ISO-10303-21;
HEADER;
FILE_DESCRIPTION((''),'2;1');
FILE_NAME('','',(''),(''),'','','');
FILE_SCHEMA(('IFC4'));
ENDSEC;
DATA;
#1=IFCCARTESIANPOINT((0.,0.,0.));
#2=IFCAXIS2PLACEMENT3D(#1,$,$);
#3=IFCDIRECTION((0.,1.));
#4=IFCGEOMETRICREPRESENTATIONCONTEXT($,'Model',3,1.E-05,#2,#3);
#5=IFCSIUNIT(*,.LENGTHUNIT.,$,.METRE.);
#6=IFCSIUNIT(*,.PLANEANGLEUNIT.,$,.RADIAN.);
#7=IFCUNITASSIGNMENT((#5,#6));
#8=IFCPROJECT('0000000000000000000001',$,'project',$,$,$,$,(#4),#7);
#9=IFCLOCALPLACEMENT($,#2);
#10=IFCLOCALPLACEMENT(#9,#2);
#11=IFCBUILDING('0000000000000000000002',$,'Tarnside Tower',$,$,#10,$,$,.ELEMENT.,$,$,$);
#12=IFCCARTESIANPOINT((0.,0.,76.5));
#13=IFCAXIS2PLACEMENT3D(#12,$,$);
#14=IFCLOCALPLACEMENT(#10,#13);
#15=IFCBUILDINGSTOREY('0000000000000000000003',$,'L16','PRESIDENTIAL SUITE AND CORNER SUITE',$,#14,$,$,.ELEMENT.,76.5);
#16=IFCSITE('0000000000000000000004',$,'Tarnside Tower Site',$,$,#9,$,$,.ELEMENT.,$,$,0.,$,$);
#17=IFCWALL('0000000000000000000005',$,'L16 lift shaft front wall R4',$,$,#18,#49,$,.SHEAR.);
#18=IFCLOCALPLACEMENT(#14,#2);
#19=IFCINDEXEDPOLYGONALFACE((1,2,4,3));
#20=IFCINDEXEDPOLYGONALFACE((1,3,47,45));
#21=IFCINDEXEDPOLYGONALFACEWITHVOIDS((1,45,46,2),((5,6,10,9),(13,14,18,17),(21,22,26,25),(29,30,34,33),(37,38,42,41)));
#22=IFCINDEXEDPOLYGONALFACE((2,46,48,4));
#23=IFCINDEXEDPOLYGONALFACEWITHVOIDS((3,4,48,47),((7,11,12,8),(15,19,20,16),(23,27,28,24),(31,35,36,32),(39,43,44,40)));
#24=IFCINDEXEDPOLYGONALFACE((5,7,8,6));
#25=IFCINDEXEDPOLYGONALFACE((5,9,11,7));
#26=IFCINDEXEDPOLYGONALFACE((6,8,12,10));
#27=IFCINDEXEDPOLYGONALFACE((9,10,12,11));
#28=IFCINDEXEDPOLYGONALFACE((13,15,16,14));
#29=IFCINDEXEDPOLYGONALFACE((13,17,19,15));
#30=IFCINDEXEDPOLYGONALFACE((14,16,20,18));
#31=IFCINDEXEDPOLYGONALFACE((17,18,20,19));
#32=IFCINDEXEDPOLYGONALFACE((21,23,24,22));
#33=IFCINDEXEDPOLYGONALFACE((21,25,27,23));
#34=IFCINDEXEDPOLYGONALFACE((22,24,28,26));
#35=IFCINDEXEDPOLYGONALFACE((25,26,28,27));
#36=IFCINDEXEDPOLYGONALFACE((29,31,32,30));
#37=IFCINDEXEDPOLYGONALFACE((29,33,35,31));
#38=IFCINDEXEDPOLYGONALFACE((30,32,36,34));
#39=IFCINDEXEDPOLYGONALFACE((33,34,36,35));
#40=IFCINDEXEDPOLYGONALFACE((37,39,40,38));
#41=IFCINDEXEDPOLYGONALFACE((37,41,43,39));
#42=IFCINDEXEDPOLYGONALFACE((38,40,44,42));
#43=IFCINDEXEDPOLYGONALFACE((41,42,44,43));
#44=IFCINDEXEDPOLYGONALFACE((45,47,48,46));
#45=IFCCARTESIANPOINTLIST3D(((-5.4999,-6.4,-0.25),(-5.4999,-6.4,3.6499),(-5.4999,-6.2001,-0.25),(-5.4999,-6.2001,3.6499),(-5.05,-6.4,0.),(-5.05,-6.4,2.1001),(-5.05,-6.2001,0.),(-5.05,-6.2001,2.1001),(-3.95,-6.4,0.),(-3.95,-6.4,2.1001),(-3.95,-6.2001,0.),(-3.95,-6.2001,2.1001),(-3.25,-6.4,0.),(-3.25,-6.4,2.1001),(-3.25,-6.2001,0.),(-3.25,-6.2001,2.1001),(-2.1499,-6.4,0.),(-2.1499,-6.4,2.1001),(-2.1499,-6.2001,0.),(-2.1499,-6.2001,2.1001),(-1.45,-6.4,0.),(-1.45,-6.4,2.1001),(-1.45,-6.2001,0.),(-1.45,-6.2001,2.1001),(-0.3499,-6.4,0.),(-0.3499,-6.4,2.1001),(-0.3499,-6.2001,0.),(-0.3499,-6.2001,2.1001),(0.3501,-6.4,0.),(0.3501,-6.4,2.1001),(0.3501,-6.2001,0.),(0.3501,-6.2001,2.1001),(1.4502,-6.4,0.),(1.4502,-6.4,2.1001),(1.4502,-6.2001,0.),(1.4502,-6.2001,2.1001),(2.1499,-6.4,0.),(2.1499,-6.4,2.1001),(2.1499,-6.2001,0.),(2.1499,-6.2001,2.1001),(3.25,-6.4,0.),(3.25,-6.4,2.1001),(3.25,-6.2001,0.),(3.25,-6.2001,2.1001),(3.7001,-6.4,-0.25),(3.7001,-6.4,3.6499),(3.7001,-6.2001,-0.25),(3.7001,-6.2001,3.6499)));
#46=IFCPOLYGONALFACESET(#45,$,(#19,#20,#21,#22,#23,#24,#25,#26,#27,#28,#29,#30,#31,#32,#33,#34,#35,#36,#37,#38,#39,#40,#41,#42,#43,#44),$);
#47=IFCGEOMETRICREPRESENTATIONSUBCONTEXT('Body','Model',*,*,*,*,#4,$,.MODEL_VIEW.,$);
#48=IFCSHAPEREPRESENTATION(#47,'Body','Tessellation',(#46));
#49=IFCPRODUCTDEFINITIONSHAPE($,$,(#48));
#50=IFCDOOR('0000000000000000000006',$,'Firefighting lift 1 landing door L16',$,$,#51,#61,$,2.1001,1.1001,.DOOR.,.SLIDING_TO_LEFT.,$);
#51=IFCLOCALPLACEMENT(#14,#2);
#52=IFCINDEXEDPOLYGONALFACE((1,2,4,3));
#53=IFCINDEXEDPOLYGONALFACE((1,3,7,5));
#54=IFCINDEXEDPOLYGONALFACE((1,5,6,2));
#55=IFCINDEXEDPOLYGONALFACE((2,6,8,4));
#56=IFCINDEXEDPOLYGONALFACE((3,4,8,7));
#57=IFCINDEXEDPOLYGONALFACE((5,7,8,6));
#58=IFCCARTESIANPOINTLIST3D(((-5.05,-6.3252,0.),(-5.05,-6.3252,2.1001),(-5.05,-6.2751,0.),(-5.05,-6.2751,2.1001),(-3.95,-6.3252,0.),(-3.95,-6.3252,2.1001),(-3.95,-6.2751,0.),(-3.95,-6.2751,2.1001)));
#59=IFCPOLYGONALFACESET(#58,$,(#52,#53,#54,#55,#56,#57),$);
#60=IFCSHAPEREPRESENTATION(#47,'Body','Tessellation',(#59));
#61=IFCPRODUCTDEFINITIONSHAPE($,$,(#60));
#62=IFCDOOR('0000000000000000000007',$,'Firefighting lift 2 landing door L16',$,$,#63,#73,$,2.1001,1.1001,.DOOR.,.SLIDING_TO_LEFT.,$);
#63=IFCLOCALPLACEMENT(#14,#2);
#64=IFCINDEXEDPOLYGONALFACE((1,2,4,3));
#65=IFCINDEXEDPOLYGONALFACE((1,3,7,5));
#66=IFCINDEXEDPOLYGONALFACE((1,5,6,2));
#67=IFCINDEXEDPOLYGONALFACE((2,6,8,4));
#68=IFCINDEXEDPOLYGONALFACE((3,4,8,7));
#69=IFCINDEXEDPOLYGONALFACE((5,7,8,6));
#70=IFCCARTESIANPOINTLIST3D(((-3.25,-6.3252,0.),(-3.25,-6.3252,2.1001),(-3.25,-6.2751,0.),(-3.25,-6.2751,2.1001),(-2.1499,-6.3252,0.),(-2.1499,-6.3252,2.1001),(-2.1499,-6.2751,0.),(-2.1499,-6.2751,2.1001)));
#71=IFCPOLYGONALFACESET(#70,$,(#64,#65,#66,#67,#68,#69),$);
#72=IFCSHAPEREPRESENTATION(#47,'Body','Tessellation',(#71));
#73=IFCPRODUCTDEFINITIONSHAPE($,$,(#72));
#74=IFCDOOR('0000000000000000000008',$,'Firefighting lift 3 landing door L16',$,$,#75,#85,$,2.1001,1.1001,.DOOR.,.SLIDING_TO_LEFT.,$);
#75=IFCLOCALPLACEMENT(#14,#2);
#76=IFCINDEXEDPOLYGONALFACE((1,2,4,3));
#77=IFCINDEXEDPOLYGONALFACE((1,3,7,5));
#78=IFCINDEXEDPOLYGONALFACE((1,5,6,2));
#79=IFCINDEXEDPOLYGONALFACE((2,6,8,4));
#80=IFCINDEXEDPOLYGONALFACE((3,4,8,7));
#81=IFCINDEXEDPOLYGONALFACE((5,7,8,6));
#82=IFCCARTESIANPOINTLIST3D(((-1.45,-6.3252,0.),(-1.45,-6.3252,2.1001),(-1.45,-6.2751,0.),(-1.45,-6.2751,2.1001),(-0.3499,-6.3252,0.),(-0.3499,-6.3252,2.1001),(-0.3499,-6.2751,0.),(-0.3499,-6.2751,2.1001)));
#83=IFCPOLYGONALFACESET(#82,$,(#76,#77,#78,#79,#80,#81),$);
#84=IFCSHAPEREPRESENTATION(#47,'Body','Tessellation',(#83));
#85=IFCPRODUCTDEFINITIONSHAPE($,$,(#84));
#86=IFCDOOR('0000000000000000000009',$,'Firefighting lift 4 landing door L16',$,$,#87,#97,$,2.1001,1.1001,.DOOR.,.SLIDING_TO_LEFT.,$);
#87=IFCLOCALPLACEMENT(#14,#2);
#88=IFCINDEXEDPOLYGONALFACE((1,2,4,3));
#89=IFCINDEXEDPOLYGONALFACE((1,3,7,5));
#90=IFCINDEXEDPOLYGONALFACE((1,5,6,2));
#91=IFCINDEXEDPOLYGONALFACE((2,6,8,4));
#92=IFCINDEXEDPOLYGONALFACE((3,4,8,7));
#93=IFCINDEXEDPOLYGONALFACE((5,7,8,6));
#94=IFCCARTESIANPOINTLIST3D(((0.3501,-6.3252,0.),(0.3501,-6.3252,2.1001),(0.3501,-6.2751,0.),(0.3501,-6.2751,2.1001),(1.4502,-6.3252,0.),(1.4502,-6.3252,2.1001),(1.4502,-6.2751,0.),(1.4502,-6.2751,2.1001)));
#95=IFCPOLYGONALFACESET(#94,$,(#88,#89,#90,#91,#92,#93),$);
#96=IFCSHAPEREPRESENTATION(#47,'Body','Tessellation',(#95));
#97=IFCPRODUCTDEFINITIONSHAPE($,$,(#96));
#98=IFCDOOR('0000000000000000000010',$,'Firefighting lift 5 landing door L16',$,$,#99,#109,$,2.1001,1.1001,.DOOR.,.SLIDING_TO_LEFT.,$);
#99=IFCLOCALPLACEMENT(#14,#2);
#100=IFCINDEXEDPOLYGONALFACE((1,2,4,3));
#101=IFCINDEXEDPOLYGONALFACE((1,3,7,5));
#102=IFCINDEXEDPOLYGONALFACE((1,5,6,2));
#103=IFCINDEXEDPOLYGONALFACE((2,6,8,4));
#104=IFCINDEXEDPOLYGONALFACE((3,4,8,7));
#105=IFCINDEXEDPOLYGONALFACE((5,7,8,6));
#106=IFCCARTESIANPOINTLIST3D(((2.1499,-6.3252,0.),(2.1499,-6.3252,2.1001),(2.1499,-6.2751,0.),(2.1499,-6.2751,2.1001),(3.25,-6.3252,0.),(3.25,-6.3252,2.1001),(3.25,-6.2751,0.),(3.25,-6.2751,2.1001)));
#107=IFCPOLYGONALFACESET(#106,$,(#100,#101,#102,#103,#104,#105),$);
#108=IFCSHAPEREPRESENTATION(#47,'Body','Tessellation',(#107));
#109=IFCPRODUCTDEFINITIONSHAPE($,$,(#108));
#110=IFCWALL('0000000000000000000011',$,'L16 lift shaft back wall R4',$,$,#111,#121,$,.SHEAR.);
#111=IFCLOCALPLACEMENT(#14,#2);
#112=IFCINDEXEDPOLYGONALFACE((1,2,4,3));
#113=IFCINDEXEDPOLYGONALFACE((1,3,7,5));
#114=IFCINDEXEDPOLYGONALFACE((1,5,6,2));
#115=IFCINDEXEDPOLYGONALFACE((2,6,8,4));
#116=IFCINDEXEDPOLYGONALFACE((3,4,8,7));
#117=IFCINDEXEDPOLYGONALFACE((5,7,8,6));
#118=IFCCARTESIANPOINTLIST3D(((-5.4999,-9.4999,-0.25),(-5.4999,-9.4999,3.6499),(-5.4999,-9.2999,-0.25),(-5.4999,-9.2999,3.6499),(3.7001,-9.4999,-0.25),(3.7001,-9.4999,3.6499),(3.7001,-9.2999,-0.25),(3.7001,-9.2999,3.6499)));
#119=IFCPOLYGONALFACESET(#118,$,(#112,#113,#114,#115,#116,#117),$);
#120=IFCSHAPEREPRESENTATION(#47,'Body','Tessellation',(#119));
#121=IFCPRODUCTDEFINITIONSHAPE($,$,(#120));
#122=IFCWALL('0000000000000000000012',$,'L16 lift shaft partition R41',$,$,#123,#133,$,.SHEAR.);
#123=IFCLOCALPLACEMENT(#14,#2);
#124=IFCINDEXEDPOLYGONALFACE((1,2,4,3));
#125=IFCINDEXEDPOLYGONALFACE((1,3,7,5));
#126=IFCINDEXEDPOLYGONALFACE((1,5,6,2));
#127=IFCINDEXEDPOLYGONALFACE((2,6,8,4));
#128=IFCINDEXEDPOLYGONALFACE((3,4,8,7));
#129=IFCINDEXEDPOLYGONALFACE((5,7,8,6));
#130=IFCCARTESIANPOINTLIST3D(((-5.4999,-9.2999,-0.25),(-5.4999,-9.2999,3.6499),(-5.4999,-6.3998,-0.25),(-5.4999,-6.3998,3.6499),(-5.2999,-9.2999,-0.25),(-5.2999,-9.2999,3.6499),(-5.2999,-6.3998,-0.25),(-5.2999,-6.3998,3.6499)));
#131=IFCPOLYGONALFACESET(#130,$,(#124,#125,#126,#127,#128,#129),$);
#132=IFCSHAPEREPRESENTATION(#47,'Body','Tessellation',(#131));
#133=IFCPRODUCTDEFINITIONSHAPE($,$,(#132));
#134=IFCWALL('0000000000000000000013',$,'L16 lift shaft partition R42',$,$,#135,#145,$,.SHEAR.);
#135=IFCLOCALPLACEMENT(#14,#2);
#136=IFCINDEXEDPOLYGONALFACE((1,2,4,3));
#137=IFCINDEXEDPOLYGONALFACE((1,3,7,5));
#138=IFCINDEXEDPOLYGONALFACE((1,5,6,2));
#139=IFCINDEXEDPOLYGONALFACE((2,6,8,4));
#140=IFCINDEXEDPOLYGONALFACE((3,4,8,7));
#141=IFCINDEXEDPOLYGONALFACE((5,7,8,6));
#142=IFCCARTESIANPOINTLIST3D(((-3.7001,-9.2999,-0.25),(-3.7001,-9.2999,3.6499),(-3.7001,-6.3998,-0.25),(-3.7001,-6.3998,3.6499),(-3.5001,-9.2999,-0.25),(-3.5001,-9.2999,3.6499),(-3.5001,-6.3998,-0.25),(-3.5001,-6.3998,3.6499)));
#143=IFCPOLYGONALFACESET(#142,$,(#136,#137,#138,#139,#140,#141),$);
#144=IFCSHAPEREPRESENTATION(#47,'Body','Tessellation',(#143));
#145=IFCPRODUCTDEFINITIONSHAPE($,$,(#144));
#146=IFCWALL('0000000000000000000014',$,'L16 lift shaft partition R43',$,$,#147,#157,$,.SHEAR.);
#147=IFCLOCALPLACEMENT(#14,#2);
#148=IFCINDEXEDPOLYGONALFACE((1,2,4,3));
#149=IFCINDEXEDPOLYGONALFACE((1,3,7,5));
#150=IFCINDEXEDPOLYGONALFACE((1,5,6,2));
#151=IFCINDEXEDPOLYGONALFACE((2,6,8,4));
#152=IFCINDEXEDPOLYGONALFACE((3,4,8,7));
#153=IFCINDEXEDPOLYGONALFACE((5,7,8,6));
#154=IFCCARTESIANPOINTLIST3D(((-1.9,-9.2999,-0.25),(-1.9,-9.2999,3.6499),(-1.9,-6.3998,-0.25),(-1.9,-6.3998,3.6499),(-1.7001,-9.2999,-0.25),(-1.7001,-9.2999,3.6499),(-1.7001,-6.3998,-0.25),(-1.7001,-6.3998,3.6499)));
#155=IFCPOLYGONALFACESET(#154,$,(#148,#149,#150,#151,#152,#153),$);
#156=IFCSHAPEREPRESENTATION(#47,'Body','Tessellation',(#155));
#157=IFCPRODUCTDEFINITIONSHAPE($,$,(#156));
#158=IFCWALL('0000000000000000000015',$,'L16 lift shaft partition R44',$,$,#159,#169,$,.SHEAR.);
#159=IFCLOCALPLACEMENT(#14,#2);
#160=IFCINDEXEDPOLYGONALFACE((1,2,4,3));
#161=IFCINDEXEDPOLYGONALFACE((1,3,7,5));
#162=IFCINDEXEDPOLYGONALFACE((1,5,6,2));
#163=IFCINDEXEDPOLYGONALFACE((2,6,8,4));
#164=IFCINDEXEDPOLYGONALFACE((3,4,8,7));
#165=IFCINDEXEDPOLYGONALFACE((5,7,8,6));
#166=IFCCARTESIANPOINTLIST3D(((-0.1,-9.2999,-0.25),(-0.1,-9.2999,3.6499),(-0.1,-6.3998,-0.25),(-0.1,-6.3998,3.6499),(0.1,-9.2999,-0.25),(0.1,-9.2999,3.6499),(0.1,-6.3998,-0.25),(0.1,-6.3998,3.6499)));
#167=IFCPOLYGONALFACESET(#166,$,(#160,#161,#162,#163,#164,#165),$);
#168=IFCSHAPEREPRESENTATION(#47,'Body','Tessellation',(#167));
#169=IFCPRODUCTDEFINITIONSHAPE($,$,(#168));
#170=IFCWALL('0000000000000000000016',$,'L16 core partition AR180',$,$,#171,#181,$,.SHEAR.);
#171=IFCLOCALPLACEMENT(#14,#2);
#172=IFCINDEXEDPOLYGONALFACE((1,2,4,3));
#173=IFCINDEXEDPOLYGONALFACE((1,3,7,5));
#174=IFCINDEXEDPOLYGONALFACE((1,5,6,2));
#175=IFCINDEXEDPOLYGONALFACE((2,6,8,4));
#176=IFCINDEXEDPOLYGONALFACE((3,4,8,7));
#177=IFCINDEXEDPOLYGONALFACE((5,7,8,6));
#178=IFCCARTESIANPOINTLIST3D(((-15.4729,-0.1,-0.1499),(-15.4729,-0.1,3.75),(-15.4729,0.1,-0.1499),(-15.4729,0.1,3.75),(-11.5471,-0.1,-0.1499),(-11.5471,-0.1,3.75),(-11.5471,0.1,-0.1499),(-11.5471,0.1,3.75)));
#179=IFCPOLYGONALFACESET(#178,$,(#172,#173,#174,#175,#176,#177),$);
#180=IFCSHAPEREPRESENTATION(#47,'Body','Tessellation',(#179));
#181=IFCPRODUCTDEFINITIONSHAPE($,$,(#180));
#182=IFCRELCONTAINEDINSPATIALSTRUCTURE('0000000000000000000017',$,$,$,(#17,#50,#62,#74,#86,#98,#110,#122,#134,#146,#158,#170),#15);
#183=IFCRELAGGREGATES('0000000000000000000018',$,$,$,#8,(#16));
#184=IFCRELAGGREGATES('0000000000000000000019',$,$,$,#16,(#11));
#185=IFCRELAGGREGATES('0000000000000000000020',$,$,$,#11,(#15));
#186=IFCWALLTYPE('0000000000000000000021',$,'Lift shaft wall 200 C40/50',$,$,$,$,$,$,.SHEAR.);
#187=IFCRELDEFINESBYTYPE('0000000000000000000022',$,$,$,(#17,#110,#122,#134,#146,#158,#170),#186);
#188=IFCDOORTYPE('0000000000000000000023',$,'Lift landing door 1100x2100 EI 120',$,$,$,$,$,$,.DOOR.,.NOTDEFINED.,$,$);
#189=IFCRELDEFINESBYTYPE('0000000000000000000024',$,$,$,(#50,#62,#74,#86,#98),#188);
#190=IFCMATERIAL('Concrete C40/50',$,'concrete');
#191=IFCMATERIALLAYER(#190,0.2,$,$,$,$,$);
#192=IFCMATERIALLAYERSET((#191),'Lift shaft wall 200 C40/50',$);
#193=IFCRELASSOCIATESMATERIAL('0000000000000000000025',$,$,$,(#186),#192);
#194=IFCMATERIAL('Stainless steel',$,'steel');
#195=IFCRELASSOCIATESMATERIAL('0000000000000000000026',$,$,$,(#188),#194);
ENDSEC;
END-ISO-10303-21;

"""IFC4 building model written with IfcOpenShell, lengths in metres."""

from ifc_helpers import new_model, si_unit, direction, frame, frame_2d, origin, place, context, subcontext, project, spatial, rectangle, extrude, material, layer, layer_set, type_object, element, fill, save


model = new_model("IFC4")

# Units and contexts
model_context = context("Model", 3, precision=1e-05, world=origin(), true_north=direction((0.0, 1.0)))
body_context = subcontext(model_context, "Body", "Model", "MODEL_VIEW")
ifc_project = project(units=[si_unit("LENGTHUNIT", "METRE"), si_unit("PLANEANGLEUNIT", "RADIAN")], contexts=[model_context])

# Site, building, storey
site_placement = place(None, origin())
site = spatial("IfcSite", under=ifc_project, at=site_placement, Name="Tarnside Tower Site", CompositionType="ELEMENT", RefElevation=0.0)
building_placement = place(site_placement, origin())
building = spatial("IfcBuilding", under=site, at=building_placement, Name="Tarnside Tower", CompositionType="ELEMENT")
storey_placement = place(building_placement, frame((0.0, 0.0, 76.5)))
storey = spatial("IfcBuildingStorey", under=building, at=storey_placement, Name="L16", Description="PRESIDENTIAL SUITE AND CORNER SUITE", CompositionType="ELEMENT", Elevation=76.5)

# Shared definitions
ifc_material_1 = material(Name="Concrete C40/50", Category="concrete")
ifc_layer_1 = layer(ifc_material_1, 0.2)
ifc_layer_set_1 = layer_set([ifc_layer_1], Name="Lift shaft wall 200 C40/50")
wall_type_1 = type_object("IfcWallType", Name="Lift shaft wall 200 C40/50", PredefinedType="SHEAR", material=ifc_layer_set_1)

# Wall, openings, doors
wall_1_placement = place(storey_placement, frame((-5.5, -6.3, -0.25), z_axis=(0.0, 0.0, 1.0), x_axis=(1.0, 0.0, 0.0)))
wall_1 = element("IfcWall", 1, at=wall_1_placement, inside=storey, type_object=wall_type_1, Name="L16 lift shaft front wall R4", PredefinedType="SHEAR", context=body_context, shape_type="SweptSolid", body=[
    extrude(rectangle(XDim=9.2, YDim=0.2, at=frame_2d((4.6001, 0.0))), origin(), (0.0, 0.0, 1.0), 3.8999),
])
opening_1_placement = place(wall_1_placement, frame((0.45, 0.0, 0.25)))
opening_1 = element("IfcOpeningElement", 2, at=opening_1_placement, cuts=wall_1, PredefinedType="OPENING", context=body_context, shape_type="SweptSolid", body=[
    extrude(rectangle(XDim=1.1001, YDim=2.1001, at=frame_2d((0.55, 1.05))), frame((0.0, 0.1099, 0.0), z_axis=(0.0, -1.0, 0.0), x_axis=(1.0, 0.0, 0.0)), (0.0, 0.0, 1.0), 0.22),
])
opening_2_placement = place(wall_1_placement, frame((2.25, 0.0, 0.25)))
opening_2 = element("IfcOpeningElement", 3, at=opening_2_placement, cuts=wall_1, PredefinedType="OPENING", context=body_context, shape_type="SweptSolid", body=[
    extrude(rectangle(XDim=1.1001, YDim=2.1001, at=frame_2d((0.55, 1.05))), frame((0.0, 0.1099, 0.0), z_axis=(0.0, -1.0, 0.0), x_axis=(1.0, 0.0, 0.0)), (0.0, 0.0, 1.0), 0.22),
])
opening_3_placement = place(wall_1_placement, frame((4.05, 0.0, 0.25)))
opening_3 = element("IfcOpeningElement", 4, at=opening_3_placement, cuts=wall_1, PredefinedType="OPENING", context=body_context, shape_type="SweptSolid", body=[
    extrude(rectangle(XDim=1.1001, YDim=2.1001, at=frame_2d((0.55, 1.05))), frame((0.0, 0.1099, 0.0), z_axis=(0.0, -1.0, 0.0), x_axis=(1.0, 0.0, 0.0)), (0.0, 0.0, 1.0), 0.22),
])
opening_4_placement = place(wall_1_placement, frame((5.8501, 0.0, 0.25)))
opening_4 = element("IfcOpeningElement", 5, at=opening_4_placement, cuts=wall_1, PredefinedType="OPENING", context=body_context, shape_type="SweptSolid", body=[
    extrude(rectangle(XDim=1.1001, YDim=2.1001, at=frame_2d((0.55, 1.05))), frame((0.0, 0.1099, 0.0), z_axis=(0.0, -1.0, 0.0), x_axis=(1.0, 0.0, 0.0)), (0.0, 0.0, 1.0), 0.22),
])
opening_5_placement = place(wall_1_placement, frame((7.6499, 0.0, 0.25)))
opening_5 = element("IfcOpeningElement", 6, at=opening_5_placement, cuts=wall_1, PredefinedType="OPENING", context=body_context, shape_type="SweptSolid", body=[
    extrude(rectangle(XDim=1.1001, YDim=2.1001, at=frame_2d((0.55, 1.05))), frame((0.0, 0.1099, 0.0), z_axis=(0.0, -1.0, 0.0), x_axis=(1.0, 0.0, 0.0)), (0.0, 0.0, 1.0), 0.22),
])
ifc_material_2 = material(Name="Stainless steel", Category="steel")
door_type_1 = type_object("IfcDoorType", Name="Lift landing door 1100x2100 EI 120", OperationType="NOTDEFINED", PredefinedType="DOOR", material=ifc_material_2)
door_1_placement = place(opening_1_placement, origin())
door_1 = element("IfcDoor", 7, at=door_1_placement, inside=storey, type_object=door_type_1, Name="Firefighting lift 1 landing door L16", OperationType="SLIDING_TO_LEFT", OverallHeight=2.1001, OverallWidth=1.1001, PredefinedType="DOOR", context=body_context, shape_type="SweptSolid", body=[
    extrude(rectangle(XDim=1.1001, YDim=2.1001, at=frame_2d((0.55, 1.05))), frame((0.0, 0.0249, 0.0), z_axis=(0.0, -1.0, 0.0), x_axis=(1.0, 0.0, 0.0)), (0.0, 0.0, 1.0), 0.05),
])
fill(opening_1, door_1)
door_2_placement = place(opening_2_placement, origin())
door_2 = element("IfcDoor", 8, at=door_2_placement, inside=storey, type_object=door_type_1, Name="Firefighting lift 2 landing door L16", OperationType="SLIDING_TO_LEFT", OverallHeight=2.1001, OverallWidth=1.1001, PredefinedType="DOOR", context=body_context, shape_type="SweptSolid", body=[
    extrude(rectangle(XDim=1.1001, YDim=2.1001, at=frame_2d((0.55, 1.05))), frame((0.0, 0.0249, 0.0), z_axis=(0.0, -1.0, 0.0), x_axis=(1.0, 0.0, 0.0)), (0.0, 0.0, 1.0), 0.05),
])
fill(opening_2, door_2)
door_3_placement = place(opening_3_placement, origin())
door_3 = element("IfcDoor", 9, at=door_3_placement, inside=storey, type_object=door_type_1, Name="Firefighting lift 3 landing door L16", OperationType="SLIDING_TO_LEFT", OverallHeight=2.1001, OverallWidth=1.1001, PredefinedType="DOOR", context=body_context, shape_type="SweptSolid", body=[
    extrude(rectangle(XDim=1.1001, YDim=2.1001, at=frame_2d((0.55, 1.05))), frame((0.0, 0.0249, 0.0), z_axis=(0.0, -1.0, 0.0), x_axis=(1.0, 0.0, 0.0)), (0.0, 0.0, 1.0), 0.05),
])
fill(opening_3, door_3)
door_4_placement = place(opening_4_placement, origin())
door_4 = element("IfcDoor", 10, at=door_4_placement, inside=storey, type_object=door_type_1, Name="Firefighting lift 4 landing door L16", OperationType="SLIDING_TO_LEFT", OverallHeight=2.1001, OverallWidth=1.1001, PredefinedType="DOOR", context=body_context, shape_type="SweptSolid", body=[
    extrude(rectangle(XDim=1.1001, YDim=2.1001, at=frame_2d((0.55, 1.05))), frame((0.0, 0.0249, 0.0), z_axis=(0.0, -1.0, 0.0), x_axis=(1.0, 0.0, 0.0)), (0.0, 0.0, 1.0), 0.05),
])
fill(opening_4, door_4)
door_5_placement = place(opening_5_placement, origin())
door_5 = element("IfcDoor", 11, at=door_5_placement, inside=storey, type_object=door_type_1, Name="Firefighting lift 5 landing door L16", OperationType="SLIDING_TO_LEFT", OverallHeight=2.1001, OverallWidth=1.1001, PredefinedType="DOOR", context=body_context, shape_type="SweptSolid", body=[
    extrude(rectangle(XDim=1.1001, YDim=2.1001, at=frame_2d((0.55, 1.05))), frame((0.0, 0.0249, 0.0), z_axis=(0.0, -1.0, 0.0), x_axis=(1.0, 0.0, 0.0)), (0.0, 0.0, 1.0), 0.05),
])
fill(opening_5, door_5)

# Walls
wall_2_placement = place(storey_placement, frame((-5.5, -9.3999, -0.25), z_axis=(0.0, 0.0, 1.0), x_axis=(1.0, 0.0, 0.0)))
element("IfcWall", 12, at=wall_2_placement, inside=storey, type_object=wall_type_1, Name="L16 lift shaft back wall R4", PredefinedType="SHEAR", context=body_context, shape_type="SweptSolid", body=[
    extrude(rectangle(XDim=9.2, YDim=0.2, at=frame_2d((4.6001, 0.0))), origin(), (0.0, 0.0, 1.0), 3.8999),
])
for number, where, z_axis, x_axis, name in (
    (13, (-5.3999, -9.3, -0.25), (0.0, 0.0, 1.0), (0.0, 1.0, 0.0), "L16 lift shaft partition R41"),
    (14, (-3.6001, -9.3, -0.25), (0.0, 0.0, 1.0), (0.0, 1.0, 0.0), "L16 lift shaft partition R42"),
    (15, (-1.8, -9.3, -0.25), (0.0, 0.0, 1.0), (0.0, 1.0, 0.0), "L16 lift shaft partition R43"),
    (16, (0.0, -9.3, -0.25), (0.0, 0.0, 1.0), (0.0, 1.0, 0.0), "L16 lift shaft partition R44"),
):
    element("IfcWall", number, at=place(storey_placement, frame(where, z_axis=z_axis, x_axis=x_axis)), inside=storey, type_object=wall_type_1, Name=name, PredefinedType="SHEAR", context=body_context, shape_type="SweptSolid", body=[
        extrude(rectangle(XDim=2.9001, YDim=0.2, at=frame_2d((1.4502, 0.0))), origin(), (0.0, 0.0, 1.0), 3.8999),
    ])
wall_3_placement = place(storey_placement, frame((-11.5471, 0.0, -0.1499), z_axis=(0.0, 0.0, 1.0), x_axis=(-1.0, 0.0, 0.0)))
element("IfcWall", 17, at=wall_3_placement, inside=storey, type_object=wall_type_1, Name="L16 core partition AR180", PredefinedType="SHEAR", context=body_context, shape_type="SweptSolid", body=[
    extrude(rectangle(XDim=3.9258, YDim=0.2, at=frame_2d((1.9629, 0.0))), origin(), (0.0, 0.0, 1.0), 3.8999),
])

save(model, "model.ifc")
